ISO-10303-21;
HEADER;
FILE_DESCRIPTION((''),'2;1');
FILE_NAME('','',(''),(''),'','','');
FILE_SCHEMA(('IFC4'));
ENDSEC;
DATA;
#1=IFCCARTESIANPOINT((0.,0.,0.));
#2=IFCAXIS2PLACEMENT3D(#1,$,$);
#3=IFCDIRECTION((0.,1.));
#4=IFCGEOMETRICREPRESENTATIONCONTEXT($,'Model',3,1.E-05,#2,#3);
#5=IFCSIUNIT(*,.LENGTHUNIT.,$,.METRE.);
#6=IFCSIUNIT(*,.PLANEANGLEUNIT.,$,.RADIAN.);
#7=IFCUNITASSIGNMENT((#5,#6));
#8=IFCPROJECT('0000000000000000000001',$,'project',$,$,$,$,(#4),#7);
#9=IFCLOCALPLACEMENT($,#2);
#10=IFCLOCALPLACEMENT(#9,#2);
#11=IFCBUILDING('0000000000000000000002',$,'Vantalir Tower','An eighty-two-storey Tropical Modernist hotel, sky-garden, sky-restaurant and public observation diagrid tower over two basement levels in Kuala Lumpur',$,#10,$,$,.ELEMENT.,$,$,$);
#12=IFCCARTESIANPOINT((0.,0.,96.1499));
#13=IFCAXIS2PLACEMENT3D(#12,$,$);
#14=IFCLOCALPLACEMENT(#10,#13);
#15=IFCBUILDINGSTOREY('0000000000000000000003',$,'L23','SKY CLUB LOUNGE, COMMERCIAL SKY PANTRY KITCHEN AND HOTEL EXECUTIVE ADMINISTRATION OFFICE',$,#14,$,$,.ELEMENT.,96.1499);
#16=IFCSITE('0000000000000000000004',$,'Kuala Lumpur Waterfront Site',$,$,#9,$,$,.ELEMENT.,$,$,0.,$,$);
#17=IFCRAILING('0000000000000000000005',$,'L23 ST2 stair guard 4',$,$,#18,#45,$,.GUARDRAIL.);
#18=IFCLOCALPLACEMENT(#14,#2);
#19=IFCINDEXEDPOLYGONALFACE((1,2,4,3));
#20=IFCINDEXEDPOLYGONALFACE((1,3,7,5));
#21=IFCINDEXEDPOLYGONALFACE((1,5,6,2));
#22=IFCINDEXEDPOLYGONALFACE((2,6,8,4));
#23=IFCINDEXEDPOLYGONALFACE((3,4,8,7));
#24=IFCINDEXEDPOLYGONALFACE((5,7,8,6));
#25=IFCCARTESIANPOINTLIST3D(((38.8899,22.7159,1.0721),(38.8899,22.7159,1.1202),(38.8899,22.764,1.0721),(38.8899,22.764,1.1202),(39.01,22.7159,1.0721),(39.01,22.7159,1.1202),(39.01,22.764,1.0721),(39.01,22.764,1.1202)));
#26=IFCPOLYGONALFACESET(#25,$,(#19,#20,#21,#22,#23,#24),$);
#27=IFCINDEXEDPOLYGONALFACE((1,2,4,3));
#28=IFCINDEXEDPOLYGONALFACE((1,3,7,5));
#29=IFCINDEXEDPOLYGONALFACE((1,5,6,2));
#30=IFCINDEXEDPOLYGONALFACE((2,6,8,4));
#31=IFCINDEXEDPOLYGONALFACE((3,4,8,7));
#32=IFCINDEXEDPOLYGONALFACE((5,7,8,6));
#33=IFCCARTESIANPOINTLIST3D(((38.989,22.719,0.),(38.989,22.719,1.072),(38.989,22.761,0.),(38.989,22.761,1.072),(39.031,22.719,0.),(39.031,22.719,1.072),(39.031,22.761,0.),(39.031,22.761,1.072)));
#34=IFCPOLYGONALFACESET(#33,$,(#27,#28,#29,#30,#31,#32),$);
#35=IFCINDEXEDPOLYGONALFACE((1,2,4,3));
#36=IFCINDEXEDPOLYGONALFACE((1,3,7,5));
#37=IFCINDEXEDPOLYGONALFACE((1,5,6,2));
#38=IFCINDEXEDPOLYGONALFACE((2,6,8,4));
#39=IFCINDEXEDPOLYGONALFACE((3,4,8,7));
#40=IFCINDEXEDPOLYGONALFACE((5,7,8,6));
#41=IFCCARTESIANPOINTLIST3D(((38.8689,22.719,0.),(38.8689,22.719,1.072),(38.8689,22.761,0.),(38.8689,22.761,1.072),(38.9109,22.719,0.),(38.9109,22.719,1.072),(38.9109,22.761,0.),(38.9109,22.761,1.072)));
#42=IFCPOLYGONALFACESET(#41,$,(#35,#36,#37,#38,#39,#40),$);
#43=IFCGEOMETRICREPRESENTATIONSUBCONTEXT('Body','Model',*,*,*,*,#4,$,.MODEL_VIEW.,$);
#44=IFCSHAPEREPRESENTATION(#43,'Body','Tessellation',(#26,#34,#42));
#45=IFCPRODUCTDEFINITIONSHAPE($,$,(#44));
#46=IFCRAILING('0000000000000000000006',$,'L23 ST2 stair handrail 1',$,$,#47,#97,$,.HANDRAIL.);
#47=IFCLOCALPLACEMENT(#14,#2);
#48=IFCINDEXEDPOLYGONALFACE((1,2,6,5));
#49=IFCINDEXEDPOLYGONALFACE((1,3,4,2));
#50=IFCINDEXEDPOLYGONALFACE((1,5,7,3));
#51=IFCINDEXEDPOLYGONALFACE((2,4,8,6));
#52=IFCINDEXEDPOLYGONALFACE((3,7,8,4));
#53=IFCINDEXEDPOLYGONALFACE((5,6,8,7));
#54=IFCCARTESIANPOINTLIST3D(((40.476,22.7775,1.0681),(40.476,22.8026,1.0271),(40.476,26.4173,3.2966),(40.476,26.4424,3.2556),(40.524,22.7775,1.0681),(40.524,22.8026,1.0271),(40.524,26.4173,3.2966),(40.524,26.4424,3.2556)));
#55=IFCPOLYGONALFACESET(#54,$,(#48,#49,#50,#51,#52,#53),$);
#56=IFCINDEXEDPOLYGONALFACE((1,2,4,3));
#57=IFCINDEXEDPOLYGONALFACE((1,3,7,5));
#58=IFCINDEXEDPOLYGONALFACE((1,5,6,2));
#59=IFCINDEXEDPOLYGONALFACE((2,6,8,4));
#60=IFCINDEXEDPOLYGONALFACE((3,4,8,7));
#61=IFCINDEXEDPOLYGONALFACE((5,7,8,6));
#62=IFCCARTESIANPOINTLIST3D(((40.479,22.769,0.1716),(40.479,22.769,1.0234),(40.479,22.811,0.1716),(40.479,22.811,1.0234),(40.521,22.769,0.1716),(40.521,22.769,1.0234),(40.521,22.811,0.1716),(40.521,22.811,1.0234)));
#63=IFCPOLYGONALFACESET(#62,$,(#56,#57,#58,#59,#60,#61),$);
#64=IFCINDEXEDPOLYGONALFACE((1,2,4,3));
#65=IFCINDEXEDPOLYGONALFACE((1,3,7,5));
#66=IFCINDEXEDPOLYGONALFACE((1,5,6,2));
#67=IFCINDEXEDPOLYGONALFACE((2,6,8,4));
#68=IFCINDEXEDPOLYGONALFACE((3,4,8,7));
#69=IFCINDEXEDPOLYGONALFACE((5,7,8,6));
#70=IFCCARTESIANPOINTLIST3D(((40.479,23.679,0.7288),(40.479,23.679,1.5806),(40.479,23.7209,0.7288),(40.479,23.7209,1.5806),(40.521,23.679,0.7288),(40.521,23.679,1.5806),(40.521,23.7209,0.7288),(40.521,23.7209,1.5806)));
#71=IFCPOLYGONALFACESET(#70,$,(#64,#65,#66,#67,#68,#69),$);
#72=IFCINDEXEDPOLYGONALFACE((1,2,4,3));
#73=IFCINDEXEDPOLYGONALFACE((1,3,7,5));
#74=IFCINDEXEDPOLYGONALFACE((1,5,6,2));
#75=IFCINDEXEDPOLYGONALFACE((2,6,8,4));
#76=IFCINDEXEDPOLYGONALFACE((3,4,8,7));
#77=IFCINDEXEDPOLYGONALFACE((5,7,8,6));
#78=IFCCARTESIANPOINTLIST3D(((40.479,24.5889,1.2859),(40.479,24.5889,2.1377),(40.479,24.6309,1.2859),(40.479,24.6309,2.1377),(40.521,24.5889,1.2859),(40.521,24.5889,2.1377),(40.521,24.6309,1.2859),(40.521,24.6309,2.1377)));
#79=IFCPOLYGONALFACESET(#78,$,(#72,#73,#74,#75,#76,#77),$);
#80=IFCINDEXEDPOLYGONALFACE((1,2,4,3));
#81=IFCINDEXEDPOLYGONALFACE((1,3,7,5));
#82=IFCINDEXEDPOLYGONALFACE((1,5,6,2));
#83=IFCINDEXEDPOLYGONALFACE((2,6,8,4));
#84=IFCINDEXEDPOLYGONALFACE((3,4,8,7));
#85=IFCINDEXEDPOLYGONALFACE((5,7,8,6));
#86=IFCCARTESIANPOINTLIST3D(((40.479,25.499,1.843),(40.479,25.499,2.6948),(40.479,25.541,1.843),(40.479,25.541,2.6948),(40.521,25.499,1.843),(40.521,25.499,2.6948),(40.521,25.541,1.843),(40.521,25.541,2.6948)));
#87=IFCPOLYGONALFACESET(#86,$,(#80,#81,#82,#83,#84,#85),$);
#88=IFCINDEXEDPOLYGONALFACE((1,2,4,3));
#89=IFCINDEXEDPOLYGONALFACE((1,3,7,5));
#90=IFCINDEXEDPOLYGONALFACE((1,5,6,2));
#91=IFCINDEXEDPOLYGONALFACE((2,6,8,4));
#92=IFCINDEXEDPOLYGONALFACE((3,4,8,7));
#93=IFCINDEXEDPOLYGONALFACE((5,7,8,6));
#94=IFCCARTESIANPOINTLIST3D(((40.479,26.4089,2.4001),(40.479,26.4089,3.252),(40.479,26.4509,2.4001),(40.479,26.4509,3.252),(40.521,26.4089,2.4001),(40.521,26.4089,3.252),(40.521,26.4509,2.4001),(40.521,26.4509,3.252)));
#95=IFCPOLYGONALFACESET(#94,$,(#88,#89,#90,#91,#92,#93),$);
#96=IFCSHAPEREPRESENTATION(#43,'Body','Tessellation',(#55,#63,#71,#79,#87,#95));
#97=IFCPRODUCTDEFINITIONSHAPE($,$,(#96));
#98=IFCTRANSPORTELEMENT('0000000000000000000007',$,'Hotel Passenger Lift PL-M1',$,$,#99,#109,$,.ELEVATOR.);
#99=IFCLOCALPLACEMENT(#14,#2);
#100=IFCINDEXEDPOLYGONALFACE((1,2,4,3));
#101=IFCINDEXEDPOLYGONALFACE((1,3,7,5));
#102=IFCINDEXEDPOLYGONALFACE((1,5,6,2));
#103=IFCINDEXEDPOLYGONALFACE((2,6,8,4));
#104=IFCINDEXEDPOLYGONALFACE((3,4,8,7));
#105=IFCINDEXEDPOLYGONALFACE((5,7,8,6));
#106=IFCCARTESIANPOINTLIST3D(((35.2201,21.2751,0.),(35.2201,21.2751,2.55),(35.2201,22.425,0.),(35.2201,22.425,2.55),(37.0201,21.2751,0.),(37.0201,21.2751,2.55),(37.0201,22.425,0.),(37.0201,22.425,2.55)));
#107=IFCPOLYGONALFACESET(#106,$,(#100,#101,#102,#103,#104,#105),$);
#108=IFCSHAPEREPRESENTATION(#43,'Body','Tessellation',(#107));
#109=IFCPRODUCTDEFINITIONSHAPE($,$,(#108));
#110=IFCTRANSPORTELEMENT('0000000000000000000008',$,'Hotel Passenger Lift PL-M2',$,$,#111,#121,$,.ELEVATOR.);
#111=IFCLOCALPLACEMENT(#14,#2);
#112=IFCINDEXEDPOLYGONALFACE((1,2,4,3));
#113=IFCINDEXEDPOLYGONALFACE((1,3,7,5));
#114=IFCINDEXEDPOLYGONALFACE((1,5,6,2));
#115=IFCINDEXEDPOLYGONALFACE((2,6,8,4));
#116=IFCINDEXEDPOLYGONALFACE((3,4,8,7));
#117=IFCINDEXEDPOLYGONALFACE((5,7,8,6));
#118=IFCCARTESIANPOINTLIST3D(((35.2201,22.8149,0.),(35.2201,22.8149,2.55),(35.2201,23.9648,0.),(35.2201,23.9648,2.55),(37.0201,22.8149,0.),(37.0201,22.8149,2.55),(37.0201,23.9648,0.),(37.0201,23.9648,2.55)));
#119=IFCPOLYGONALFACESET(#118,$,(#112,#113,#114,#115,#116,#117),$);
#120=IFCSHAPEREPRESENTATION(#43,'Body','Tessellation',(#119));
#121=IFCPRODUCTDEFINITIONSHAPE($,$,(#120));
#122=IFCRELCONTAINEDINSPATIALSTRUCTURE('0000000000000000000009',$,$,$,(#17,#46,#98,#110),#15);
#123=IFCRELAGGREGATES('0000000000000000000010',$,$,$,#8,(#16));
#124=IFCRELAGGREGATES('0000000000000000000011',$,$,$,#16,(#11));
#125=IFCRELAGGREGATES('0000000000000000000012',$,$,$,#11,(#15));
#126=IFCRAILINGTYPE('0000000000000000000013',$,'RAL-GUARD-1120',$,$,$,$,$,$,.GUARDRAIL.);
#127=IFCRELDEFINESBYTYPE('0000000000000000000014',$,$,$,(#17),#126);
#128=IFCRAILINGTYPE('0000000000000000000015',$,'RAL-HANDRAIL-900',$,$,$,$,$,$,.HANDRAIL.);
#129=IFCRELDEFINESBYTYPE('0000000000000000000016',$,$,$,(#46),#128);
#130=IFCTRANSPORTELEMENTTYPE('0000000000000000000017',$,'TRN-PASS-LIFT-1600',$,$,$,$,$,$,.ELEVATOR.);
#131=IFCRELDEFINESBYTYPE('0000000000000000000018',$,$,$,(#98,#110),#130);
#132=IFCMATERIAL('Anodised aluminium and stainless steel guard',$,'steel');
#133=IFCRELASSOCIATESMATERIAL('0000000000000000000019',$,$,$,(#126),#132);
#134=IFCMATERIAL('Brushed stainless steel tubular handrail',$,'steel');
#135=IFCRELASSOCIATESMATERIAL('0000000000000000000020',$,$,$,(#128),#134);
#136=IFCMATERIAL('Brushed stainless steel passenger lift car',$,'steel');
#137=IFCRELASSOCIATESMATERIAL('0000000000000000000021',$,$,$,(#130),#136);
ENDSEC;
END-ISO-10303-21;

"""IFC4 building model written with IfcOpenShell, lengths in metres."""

from ifc_helpers import new_model, si_unit, direction, frame, origin, origin_2d, place, context, subcontext, project, spatial, rectangle, extrude, material, type_object, element, save


model = new_model("IFC4")

# Units and contexts
model_context = context("Model", 3, precision=1e-05, world=origin(), true_north=direction((0.0, 1.0)))
body_context = subcontext(model_context, "Body", "Model", "MODEL_VIEW")
ifc_project = project(units=[si_unit("LENGTHUNIT", "METRE"), si_unit("PLANEANGLEUNIT", "RADIAN")], contexts=[model_context])

# Site, building, storey
site_placement = place(None, origin())
site = spatial("IfcSite", under=ifc_project, at=site_placement, Name="Kuala Lumpur Waterfront Site", CompositionType="ELEMENT", RefElevation=0.0)
building_placement = place(site_placement, origin())
building = spatial("IfcBuilding", under=site, at=building_placement, Name="Vantalir Tower", Description="An eighty-two-storey Tropical Modernist hotel, sky-garden, sky-restaurant and public observation diagrid tower over two basement levels in Kuala Lumpur", CompositionType="ELEMENT")
storey_placement = place(building_placement, frame((0.0, 0.0, 96.1499)))
storey = spatial("IfcBuildingStorey", under=building, at=storey_placement, Name="L23", Description="SKY CLUB LOUNGE, COMMERCIAL SKY PANTRY KITCHEN AND HOTEL EXECUTIVE ADMINISTRATION OFFICE", CompositionType="ELEMENT", Elevation=96.1499)

# Railings
ifc_material_1 = material(Name="Anodised aluminium and stainless steel guard", Category="steel")
railing_type_1 = type_object("IfcRailingType", Name="RAL-GUARD-1120", PredefinedType="GUARDRAIL", material=ifc_material_1)
railing_1_placement = place(storey_placement, frame((39.01, 22.74, 0.0)))
element("IfcRailing", 1, at=railing_1_placement, inside=storey, type_object=railing_type_1, Name="L23 ST2 stair guard 4", PredefinedType="GUARDRAIL", context=body_context, shape_type="SweptSolid", body=[
    extrude(rectangle(XDim=0.0481, YDim=0.0481, at=origin_2d()), frame((0.0, 0.0, 1.0962), z_axis=(-1.0, 0.0, 0.0), x_axis=(0.0, -1.0, 0.0)), (0.0, 0.0, 1.0), 0.1201),
    extrude(rectangle(XDim=0.042, YDim=0.042, at=origin_2d()), origin(), (0.0, 0.0, 1.0), 1.072),
    extrude(rectangle(XDim=0.042, YDim=0.042, at=origin_2d()), frame((-0.1201, 0.0, 0.0)), (0.0, 0.0, 1.0), 1.072),
])
ifc_material_2 = material(Name="Brushed stainless steel tubular handrail", Category="steel")
railing_type_2 = type_object("IfcRailingType", Name="RAL-HANDRAIL-900", PredefinedType="HANDRAIL", material=ifc_material_2)
railing_2_placement = place(storey_placement, frame((40.5, 22.79, 0.1716)))
element("IfcRailing", 2, at=railing_2_placement, inside=storey, type_object=railing_type_2, Name="L23 ST2 stair handrail 1", PredefinedType="HANDRAIL", context=body_context, shape_type="SweptSolid", body=[
    extrude(rectangle(XDim=0.0481, YDim=0.0481, at=origin_2d()), frame((0.0, 0.0, 0.876), z_axis=(0.0, 0.85285, 0.522156), x_axis=(-1.0, 0.0, 0.0)), (0.0, 0.0, 1.0), 4.2678),
    extrude(rectangle(XDim=0.042, YDim=0.042, at=origin_2d()), origin(), (0.0, 0.0, 1.0), 0.8518),
    extrude(rectangle(XDim=0.042, YDim=0.042, at=origin_2d()), frame((0.0, 0.9099, 0.5571)), (0.0, 0.0, 1.0), 0.8518),
    extrude(rectangle(XDim=0.042, YDim=0.042, at=origin_2d()), frame((0.0, 1.8198, 1.1143)), (0.0, 0.0, 1.0), 0.8518),
    extrude(rectangle(XDim=0.042, YDim=0.042, at=origin_2d()), frame((0.0, 2.73, 1.6714)), (0.0, 0.0, 1.0), 0.8518),
    extrude(rectangle(XDim=0.042, YDim=0.042, at=origin_2d()), frame((0.0, 3.6399, 2.2285)), (0.0, 0.0, 1.0), 0.8518),
])

# Transport elements
ifc_material_3 = material(Name="Brushed stainless steel passenger lift car", Category="steel")
transport_element_type = type_object("IfcTransportElementType", Name="TRN-PASS-LIFT-1600", PredefinedType="ELEVATOR", material=ifc_material_3)
for number, where, z_axis, x_axis, name in (
    (3, (36.1201, 21.8501, 0.0), (0.0, 0.0, 1.0), (1.0, 0.0, 0.0), "Hotel Passenger Lift PL-M1"),
    (4, (36.1201, 23.3899, 0.0), (0.0, 0.0, 1.0), (1.0, 0.0, 0.0), "Hotel Passenger Lift PL-M2"),
):
    element("IfcTransportElement", number, at=place(storey_placement, frame(where, z_axis=z_axis, x_axis=x_axis)), inside=storey, type_object=transport_element_type, Name=name, PredefinedType="ELEVATOR", context=body_context, shape_type="SweptSolid", body=[
        extrude(rectangle(XDim=1.8, YDim=1.1499, at=origin_2d()), origin(), (0.0, 0.0, 1.0), 2.55),
    ])

save(model, "model.ifc")
